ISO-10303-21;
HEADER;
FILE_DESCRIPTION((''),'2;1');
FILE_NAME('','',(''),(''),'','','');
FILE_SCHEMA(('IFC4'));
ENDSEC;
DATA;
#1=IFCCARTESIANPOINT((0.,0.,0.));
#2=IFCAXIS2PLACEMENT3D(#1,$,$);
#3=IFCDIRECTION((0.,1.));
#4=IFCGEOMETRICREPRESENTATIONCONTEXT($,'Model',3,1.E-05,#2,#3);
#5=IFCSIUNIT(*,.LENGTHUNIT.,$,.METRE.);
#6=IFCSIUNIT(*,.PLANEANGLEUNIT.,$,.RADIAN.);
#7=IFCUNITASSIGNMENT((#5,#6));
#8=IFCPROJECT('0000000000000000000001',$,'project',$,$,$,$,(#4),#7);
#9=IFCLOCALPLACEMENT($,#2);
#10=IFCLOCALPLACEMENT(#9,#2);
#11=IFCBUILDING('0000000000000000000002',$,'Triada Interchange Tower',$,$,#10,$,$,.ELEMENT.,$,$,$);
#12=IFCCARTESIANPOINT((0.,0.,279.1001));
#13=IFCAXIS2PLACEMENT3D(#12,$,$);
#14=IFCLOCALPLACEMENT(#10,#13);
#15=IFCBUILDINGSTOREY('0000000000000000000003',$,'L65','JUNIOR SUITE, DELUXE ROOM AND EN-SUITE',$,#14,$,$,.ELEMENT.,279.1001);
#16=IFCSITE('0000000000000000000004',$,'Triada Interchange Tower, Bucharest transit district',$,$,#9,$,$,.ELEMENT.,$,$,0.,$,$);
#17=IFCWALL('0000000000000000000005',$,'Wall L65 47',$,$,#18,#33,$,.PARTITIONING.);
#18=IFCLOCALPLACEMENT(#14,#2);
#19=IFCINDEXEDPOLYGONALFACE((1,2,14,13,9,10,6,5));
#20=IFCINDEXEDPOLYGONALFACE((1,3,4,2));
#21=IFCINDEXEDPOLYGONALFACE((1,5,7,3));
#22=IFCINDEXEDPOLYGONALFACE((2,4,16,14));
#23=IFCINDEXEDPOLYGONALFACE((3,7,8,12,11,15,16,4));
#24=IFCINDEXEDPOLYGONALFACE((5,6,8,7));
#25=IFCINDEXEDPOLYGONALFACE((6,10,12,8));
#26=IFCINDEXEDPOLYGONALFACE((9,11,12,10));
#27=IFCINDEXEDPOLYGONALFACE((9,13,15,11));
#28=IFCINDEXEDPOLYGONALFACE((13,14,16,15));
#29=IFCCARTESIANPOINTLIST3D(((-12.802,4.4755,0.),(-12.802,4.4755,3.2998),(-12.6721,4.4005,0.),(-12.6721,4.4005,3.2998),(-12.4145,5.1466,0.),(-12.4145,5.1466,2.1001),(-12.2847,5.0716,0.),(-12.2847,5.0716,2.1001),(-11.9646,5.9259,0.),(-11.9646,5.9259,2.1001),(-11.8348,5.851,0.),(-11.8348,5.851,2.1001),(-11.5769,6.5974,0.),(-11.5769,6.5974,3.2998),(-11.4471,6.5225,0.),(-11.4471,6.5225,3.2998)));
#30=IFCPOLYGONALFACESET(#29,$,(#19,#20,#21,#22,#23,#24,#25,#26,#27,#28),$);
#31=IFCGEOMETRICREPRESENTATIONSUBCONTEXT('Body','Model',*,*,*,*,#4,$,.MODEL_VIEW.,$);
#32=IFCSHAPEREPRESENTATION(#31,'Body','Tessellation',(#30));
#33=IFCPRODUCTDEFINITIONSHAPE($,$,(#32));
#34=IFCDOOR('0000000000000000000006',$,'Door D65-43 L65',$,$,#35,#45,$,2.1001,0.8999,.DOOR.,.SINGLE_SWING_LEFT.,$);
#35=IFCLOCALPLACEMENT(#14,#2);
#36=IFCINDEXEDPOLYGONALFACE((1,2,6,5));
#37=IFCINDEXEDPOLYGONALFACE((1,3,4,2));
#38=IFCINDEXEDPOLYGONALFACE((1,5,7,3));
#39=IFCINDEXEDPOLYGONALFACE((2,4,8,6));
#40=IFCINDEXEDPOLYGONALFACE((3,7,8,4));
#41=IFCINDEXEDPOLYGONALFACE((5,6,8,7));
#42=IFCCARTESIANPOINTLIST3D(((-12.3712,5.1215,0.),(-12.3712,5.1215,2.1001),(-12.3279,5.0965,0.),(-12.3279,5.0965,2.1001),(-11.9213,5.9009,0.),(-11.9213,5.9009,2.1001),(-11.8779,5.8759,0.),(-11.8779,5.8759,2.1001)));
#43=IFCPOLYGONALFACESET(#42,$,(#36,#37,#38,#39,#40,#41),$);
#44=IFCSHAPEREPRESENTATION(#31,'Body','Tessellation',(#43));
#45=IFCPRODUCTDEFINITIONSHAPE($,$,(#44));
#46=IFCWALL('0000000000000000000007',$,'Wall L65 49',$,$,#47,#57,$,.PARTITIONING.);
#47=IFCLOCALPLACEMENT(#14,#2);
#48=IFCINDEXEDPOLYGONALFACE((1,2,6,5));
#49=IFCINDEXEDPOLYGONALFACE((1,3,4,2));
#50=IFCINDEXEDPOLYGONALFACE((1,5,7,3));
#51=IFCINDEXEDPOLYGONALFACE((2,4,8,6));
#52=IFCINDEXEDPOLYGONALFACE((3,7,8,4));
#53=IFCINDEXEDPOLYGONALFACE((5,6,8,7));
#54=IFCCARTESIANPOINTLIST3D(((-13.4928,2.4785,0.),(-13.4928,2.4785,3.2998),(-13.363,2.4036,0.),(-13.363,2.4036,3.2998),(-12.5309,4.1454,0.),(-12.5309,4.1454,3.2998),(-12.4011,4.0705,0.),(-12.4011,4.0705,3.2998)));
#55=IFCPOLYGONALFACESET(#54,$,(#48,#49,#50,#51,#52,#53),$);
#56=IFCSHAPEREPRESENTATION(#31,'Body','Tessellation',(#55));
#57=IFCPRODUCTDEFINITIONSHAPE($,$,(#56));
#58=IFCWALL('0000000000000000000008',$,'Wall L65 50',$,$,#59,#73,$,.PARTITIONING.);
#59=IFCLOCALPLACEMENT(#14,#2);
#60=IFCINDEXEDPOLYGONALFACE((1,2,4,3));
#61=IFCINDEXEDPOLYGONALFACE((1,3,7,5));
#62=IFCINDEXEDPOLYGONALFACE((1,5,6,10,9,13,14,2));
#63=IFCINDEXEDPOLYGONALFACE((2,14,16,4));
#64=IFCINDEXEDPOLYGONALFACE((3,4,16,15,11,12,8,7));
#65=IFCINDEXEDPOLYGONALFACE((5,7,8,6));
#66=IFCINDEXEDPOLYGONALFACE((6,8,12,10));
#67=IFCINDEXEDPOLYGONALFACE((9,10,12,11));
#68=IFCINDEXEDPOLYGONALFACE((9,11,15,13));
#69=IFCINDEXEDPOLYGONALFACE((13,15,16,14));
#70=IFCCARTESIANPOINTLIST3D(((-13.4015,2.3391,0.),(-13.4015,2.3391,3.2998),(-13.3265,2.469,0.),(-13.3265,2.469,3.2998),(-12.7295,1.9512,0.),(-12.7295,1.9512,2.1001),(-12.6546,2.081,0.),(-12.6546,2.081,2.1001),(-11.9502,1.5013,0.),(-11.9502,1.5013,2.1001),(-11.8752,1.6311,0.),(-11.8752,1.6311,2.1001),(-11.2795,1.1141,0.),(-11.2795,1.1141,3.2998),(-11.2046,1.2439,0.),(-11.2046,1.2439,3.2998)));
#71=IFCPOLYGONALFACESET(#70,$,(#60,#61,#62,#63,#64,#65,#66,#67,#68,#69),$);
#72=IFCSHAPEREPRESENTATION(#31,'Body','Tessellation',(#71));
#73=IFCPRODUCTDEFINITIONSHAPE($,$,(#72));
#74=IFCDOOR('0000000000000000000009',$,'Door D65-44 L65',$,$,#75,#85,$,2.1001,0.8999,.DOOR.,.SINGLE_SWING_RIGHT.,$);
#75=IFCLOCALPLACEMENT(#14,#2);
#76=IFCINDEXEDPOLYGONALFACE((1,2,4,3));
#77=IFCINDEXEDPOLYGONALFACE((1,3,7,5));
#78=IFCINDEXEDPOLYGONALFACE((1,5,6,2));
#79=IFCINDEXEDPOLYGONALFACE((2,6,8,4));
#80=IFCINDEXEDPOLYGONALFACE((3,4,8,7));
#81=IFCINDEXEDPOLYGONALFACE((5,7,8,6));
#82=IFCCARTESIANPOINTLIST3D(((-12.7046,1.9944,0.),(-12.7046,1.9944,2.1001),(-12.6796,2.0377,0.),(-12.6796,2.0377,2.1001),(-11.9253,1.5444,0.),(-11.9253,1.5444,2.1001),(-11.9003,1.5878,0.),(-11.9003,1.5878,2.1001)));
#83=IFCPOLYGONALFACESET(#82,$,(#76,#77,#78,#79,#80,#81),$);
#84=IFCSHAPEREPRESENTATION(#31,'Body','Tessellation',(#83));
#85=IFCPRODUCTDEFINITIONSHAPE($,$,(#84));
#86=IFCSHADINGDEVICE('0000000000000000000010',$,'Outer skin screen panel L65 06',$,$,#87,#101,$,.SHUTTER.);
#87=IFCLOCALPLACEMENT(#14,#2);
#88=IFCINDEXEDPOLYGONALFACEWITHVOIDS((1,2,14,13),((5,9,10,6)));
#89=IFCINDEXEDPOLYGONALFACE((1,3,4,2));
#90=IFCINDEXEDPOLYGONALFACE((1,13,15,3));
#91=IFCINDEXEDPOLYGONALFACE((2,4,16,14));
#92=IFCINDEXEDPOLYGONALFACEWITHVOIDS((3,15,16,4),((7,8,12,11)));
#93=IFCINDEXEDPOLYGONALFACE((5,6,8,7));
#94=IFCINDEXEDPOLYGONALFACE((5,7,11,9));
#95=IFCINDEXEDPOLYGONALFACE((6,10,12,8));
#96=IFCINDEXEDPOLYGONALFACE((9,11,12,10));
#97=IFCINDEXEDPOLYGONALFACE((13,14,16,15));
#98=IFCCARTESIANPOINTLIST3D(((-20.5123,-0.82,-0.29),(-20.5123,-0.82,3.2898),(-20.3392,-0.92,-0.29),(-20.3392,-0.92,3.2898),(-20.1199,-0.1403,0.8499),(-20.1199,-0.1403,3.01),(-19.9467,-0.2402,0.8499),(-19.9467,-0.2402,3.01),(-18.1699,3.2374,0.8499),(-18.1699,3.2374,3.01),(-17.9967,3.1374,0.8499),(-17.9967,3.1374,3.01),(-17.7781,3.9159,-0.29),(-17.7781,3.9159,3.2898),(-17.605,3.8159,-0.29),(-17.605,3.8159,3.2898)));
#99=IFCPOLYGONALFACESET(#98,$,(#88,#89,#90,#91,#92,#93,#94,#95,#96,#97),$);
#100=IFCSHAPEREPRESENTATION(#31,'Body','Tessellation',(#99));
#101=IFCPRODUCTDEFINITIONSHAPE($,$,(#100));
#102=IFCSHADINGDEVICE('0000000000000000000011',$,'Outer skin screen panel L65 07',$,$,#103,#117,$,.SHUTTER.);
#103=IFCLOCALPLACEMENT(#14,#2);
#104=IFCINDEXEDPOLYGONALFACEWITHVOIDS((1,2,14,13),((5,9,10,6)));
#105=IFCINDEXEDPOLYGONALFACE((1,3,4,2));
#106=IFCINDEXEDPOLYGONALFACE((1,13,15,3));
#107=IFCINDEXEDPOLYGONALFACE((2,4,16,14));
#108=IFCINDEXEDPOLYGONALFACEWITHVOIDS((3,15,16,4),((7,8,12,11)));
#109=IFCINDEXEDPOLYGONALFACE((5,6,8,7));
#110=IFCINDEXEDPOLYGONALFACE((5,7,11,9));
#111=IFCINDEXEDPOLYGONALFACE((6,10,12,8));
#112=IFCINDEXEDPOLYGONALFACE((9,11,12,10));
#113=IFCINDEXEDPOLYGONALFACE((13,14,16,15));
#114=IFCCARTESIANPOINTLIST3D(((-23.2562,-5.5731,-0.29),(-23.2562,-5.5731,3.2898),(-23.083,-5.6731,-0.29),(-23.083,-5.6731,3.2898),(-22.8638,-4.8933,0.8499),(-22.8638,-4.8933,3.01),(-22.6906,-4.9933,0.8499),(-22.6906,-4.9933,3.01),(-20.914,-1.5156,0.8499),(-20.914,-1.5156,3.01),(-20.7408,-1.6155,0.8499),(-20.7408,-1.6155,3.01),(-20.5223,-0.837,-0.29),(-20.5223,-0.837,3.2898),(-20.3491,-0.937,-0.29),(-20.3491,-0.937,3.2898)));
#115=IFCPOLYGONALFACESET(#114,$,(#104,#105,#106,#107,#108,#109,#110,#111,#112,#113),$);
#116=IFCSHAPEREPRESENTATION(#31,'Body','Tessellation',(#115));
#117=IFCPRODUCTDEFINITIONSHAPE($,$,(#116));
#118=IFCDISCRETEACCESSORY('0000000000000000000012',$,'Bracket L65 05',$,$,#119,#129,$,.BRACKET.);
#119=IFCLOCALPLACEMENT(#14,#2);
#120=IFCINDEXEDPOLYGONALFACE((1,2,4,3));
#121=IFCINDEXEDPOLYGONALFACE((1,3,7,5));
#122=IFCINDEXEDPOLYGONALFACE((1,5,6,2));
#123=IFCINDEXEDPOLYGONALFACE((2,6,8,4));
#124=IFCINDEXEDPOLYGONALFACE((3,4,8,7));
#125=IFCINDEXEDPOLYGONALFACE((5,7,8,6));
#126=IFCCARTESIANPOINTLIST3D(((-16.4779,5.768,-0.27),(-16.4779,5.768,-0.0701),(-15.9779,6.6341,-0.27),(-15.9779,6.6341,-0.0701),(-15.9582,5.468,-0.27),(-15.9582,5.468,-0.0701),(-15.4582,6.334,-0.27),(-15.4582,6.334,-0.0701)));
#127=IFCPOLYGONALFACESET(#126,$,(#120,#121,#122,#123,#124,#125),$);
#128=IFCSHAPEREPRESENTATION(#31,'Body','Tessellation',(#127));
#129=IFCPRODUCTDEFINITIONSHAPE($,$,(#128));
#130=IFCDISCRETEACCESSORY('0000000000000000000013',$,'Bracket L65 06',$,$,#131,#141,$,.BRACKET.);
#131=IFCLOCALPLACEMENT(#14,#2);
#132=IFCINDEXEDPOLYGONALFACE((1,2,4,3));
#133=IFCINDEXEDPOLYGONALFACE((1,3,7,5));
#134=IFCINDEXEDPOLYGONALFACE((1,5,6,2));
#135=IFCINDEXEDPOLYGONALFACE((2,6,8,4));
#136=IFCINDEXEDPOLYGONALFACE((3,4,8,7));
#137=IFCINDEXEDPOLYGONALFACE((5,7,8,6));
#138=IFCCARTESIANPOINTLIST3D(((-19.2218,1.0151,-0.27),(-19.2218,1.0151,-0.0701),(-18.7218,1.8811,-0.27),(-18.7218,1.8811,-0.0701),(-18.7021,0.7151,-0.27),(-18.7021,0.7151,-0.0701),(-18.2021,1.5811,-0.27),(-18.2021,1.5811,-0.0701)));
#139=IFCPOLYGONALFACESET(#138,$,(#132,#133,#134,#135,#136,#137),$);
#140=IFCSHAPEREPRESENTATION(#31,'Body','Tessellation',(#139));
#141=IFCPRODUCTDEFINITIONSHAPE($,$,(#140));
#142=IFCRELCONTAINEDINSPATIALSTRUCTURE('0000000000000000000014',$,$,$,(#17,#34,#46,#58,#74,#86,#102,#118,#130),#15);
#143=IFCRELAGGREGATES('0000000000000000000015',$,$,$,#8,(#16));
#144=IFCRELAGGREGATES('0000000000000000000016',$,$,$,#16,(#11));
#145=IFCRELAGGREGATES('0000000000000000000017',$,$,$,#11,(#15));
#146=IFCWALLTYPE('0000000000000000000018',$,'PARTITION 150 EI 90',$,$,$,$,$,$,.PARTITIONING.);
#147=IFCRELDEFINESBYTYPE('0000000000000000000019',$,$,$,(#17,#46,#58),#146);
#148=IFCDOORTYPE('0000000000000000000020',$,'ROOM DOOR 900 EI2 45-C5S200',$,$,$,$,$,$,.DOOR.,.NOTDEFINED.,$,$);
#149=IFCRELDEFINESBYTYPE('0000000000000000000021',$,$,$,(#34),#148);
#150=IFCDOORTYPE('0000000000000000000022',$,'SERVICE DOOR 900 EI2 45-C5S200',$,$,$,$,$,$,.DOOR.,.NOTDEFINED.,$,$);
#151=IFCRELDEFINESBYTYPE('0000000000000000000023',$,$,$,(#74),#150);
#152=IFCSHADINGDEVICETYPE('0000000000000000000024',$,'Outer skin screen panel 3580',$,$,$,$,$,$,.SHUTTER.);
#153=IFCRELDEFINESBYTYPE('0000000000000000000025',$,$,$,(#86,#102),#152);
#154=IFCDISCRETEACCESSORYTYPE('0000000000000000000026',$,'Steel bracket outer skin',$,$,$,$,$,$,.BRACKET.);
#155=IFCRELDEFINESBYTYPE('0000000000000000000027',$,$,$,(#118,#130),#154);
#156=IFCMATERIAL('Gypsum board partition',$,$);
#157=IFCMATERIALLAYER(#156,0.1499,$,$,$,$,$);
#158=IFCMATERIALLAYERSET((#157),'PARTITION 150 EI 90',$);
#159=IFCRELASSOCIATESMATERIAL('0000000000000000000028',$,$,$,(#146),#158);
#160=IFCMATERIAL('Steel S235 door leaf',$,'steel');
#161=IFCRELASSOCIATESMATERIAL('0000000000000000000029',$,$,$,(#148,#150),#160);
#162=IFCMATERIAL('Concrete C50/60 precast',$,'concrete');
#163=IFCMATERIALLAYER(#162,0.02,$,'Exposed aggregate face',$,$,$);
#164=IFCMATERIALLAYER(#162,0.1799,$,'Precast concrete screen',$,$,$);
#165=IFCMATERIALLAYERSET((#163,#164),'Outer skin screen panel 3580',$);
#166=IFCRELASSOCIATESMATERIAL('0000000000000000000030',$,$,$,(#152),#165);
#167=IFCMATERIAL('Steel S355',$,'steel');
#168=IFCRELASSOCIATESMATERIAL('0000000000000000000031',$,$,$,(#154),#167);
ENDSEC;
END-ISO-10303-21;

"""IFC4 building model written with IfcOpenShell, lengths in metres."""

from ifc_helpers import new_model, si_unit, direction, frame, frame_2d, origin, origin_2d, place, context, subcontext, project, spatial, polyline, rectangle, outline, extrude, material, layer, layer_set, type_object, element, fill, save


model = new_model("IFC4")

# Units and contexts
model_context = context("Model", 3, precision=1e-05, world=origin(), true_north=direction((0.0, 1.0)))
body_context = subcontext(model_context, "Body", "Model", "MODEL_VIEW")
ifc_project = project(units=[si_unit("LENGTHUNIT", "METRE"), si_unit("PLANEANGLEUNIT", "RADIAN")], contexts=[model_context])

# Site, building, storey
site_placement = place(None, origin())
site = spatial("IfcSite", under=ifc_project, at=site_placement, Name="Triada Interchange Tower, Bucharest transit district", CompositionType="ELEMENT", RefElevation=0.0)
building_placement = place(site_placement, origin())
building = spatial("IfcBuilding", under=site, at=building_placement, Name="Triada Interchange Tower", CompositionType="ELEMENT")
storey_placement = place(building_placement, frame((0.0, 0.0, 279.1001)))
storey = spatial("IfcBuildingStorey", under=building, at=storey_placement, Name="L65", Description="JUNIOR SUITE, DELUXE ROOM AND EN-SUITE", CompositionType="ELEMENT", Elevation=279.1001)

# Shared definitions
ifc_material_1 = material(Name="Steel S235 door leaf", Category="steel")

# Shared definitions
ifc_material_2 = material(Name="Gypsum board partition")
ifc_layer_1 = layer(ifc_material_2, 0.1499)
ifc_layer_set_1 = layer_set([ifc_layer_1], Name="PARTITION 150 EI 90")
wall_type_1 = type_object("IfcWallType", Name="PARTITION 150 EI 90", PredefinedType="PARTITIONING", material=ifc_layer_set_1)

# Wall, opening, door
wall_1_placement = place(storey_placement, frame((-12.7371, 4.438, 0.0), z_axis=(0.0, 0.0, 1.0), x_axis=(0.499975, 0.86604, 0.0)))
wall_1 = element("IfcWall", 1, at=wall_1_placement, inside=storey, type_object=wall_type_1, Name="Wall L65 47", PredefinedType="PARTITIONING", context=body_context, shape_type="SweptSolid", body=[
    extrude(rectangle(XDim=2.4502, YDim=0.1499, at=frame_2d((1.2251, 0.0))), origin(), (0.0, 0.0, 1.0), 3.2998),
])
opening_1_placement = place(wall_1_placement, frame((0.7749, 0.0, 0.0)))
opening_1 = element("IfcOpeningElement", 2, at=opening_1_placement, cuts=wall_1, PredefinedType="OPENING", context=body_context, shape_type="SweptSolid", body=[
    extrude(rectangle(XDim=0.8999, YDim=2.1001, at=frame_2d((0.45, 1.05))), frame((0.0, 0.085, 0.0), z_axis=(0.0, -1.0, 0.0), x_axis=(1.0, 0.0, 0.0)), (0.0, 0.0, 1.0), 0.1699),
])
door_type_1 = type_object("IfcDoorType", Name="ROOM DOOR 900 EI2 45-C5S200", OperationType="NOTDEFINED", PredefinedType="DOOR", material=ifc_material_1)
door_1_placement = place(opening_1_placement, origin())
door_1 = element("IfcDoor", 3, at=door_1_placement, inside=storey, type_object=door_type_1, Name="Door D65-43 L65", OperationType="SINGLE_SWING_LEFT", OverallHeight=2.1001, OverallWidth=0.8999, PredefinedType="DOOR", context=body_context, shape_type="SweptSolid", body=[
    extrude(rectangle(XDim=0.8999, YDim=2.1001, at=frame_2d((0.45, 1.05))), frame((0.0, 0.0249, 0.0), z_axis=(0.0, -1.0, 0.0), x_axis=(1.0, 0.0, 0.0)), (0.0, 0.0, 1.0), 0.05),
])
fill(opening_1, door_1)

# Wall
wall_2_placement = place(storey_placement, frame((-13.428, 2.4409, 0.0), z_axis=(0.0, 0.0, 1.0), x_axis=(0.499796, 0.866143, 0.0)))
element("IfcWall", 4, at=wall_2_placement, inside=storey, type_object=wall_type_1, Name="Wall L65 49", PredefinedType="PARTITIONING", context=body_context, shape_type="SweptSolid", body=[
    extrude(rectangle(XDim=1.9246, YDim=0.1499, at=frame_2d((0.9624, 0.0))), origin(), (0.0, 0.0, 1.0), 3.2998),
])

# Wall, opening, door
wall_3_placement = place(storey_placement, frame((-13.364, 2.4041, 0.0), z_axis=(0.0, 0.0, 1.0), x_axis=(0.86604, -0.499975, 0.0)))
wall_3 = element("IfcWall", 5, at=wall_3_placement, inside=storey, type_object=wall_type_1, Name="Wall L65 50", PredefinedType="PARTITIONING", context=body_context, shape_type="SweptSolid", body=[
    extrude(rectangle(XDim=2.4502, YDim=0.1499, at=frame_2d((1.2251, 0.0))), origin(), (0.0, 0.0, 1.0), 3.2998),
])
opening_2_placement = place(wall_3_placement, frame((0.7759, 0.0, 0.0)))
opening_2 = element("IfcOpeningElement", 6, at=opening_2_placement, cuts=wall_3, PredefinedType="OPENING", context=body_context, shape_type="SweptSolid", body=[
    extrude(rectangle(XDim=0.8999, YDim=2.1001, at=frame_2d((0.45, 1.05))), frame((0.0, 0.085, 0.0), z_axis=(0.0, -1.0, 0.0), x_axis=(1.0, 0.0, 0.0)), (0.0, 0.0, 1.0), 0.1699),
])
door_type_2 = type_object("IfcDoorType", Name="SERVICE DOOR 900 EI2 45-C5S200", OperationType="NOTDEFINED", PredefinedType="DOOR", material=ifc_material_1)
door_2_placement = place(opening_2_placement, origin())
door_2 = element("IfcDoor", 7, at=door_2_placement, inside=storey, type_object=door_type_2, Name="Door D65-44 L65", OperationType="SINGLE_SWING_RIGHT", OverallHeight=2.1001, OverallWidth=0.8999, PredefinedType="DOOR", context=body_context, shape_type="SweptSolid", body=[
    extrude(rectangle(XDim=0.8999, YDim=2.1001, at=frame_2d((0.45, 1.05))), frame((0.0, 0.0249, 0.0), z_axis=(0.0, -1.0, 0.0), x_axis=(1.0, 0.0, 0.0)), (0.0, 0.0, 1.0), 0.05),
])
fill(opening_2, door_2)

# Shading devices
ifc_material_3 = material(Name="Concrete C50/60 precast", Category="concrete")
ifc_layer_2 = layer(ifc_material_3, 0.02, Name="Exposed aggregate face")
ifc_layer_3 = layer(ifc_material_3, 0.1799, Name="Precast concrete screen")
ifc_layer_set_2 = layer_set([ifc_layer_2, ifc_layer_3], Name="Outer skin screen panel 3580")
shading_device_type = type_object("IfcShadingDeviceType", Name="Outer skin screen panel 3580", PredefinedType="SHUTTER", material=ifc_layer_set_2)
for number, where, z_axis, x_axis, name in (
    (8, (-17.605, 3.8159, -0.29), (0.0, 0.0, 1.0), (-0.499985, -0.866034, 0.0), "Outer skin screen panel L65 06"),
    (9, (-20.3491, -0.937, -0.29), (0.0, 0.0, 1.0), (-0.499932, -0.866064, 0.0), "Outer skin screen panel L65 07"),
):
    element("IfcShadingDevice", number, at=place(storey_placement, frame(where, z_axis=z_axis, x_axis=x_axis)), inside=storey, type_object=shading_device_type, Name=name, PredefinedType="SHUTTER", context=body_context, shape_type="SweptSolid", body=[
        extrude(outline(polyline([(0.0, 0.0), (5.4685, 0.0), (5.4685, 3.5798), (0.0, 3.5798), (0.0, 0.0)]), holes=[polyline([(0.7834, 1.1399), (0.7834, 3.3), (4.6836, 3.3), (4.6836, 1.1399), (0.7834, 1.1399)])]), frame((0.0, 0.0, 0.0), z_axis=(0.0, -1.0, 0.0), x_axis=(1.0, 0.0, 0.0)), (0.0, 0.0, 1.0), 0.2),
    ])

# Discrete accessories
ifc_material_4 = material(Name="Steel S355", Category="steel")
discrete_accessory_type = type_object("IfcDiscreteAccessoryType", Name="Steel bracket outer skin", PredefinedType="BRACKET", material=ifc_material_4)
for number, where, z_axis, x_axis, name in (
    (10, (-15.968, 6.051, -0.27), (0.0, 0.0, 1.0), (-0.866024, 0.500002, 0.0), "Bracket L65 05"),
    (11, (-18.7119, 1.2981, -0.27), (0.0, 0.0, 1.0), (-0.866024, 0.500002, 0.0), "Bracket L65 06"),
):
    element("IfcDiscreteAccessory", number, at=place(storey_placement, frame(where, z_axis=z_axis, x_axis=x_axis)), inside=storey, type_object=discrete_accessory_type, Name=name, PredefinedType="BRACKET", context=body_context, shape_type="SweptSolid", body=[
        extrude(rectangle(XDim=0.6001, YDim=1.0, at=origin_2d()), origin(), (0.0, 0.0, 1.0), 0.2),
    ])

save(model, "model.ifc")
